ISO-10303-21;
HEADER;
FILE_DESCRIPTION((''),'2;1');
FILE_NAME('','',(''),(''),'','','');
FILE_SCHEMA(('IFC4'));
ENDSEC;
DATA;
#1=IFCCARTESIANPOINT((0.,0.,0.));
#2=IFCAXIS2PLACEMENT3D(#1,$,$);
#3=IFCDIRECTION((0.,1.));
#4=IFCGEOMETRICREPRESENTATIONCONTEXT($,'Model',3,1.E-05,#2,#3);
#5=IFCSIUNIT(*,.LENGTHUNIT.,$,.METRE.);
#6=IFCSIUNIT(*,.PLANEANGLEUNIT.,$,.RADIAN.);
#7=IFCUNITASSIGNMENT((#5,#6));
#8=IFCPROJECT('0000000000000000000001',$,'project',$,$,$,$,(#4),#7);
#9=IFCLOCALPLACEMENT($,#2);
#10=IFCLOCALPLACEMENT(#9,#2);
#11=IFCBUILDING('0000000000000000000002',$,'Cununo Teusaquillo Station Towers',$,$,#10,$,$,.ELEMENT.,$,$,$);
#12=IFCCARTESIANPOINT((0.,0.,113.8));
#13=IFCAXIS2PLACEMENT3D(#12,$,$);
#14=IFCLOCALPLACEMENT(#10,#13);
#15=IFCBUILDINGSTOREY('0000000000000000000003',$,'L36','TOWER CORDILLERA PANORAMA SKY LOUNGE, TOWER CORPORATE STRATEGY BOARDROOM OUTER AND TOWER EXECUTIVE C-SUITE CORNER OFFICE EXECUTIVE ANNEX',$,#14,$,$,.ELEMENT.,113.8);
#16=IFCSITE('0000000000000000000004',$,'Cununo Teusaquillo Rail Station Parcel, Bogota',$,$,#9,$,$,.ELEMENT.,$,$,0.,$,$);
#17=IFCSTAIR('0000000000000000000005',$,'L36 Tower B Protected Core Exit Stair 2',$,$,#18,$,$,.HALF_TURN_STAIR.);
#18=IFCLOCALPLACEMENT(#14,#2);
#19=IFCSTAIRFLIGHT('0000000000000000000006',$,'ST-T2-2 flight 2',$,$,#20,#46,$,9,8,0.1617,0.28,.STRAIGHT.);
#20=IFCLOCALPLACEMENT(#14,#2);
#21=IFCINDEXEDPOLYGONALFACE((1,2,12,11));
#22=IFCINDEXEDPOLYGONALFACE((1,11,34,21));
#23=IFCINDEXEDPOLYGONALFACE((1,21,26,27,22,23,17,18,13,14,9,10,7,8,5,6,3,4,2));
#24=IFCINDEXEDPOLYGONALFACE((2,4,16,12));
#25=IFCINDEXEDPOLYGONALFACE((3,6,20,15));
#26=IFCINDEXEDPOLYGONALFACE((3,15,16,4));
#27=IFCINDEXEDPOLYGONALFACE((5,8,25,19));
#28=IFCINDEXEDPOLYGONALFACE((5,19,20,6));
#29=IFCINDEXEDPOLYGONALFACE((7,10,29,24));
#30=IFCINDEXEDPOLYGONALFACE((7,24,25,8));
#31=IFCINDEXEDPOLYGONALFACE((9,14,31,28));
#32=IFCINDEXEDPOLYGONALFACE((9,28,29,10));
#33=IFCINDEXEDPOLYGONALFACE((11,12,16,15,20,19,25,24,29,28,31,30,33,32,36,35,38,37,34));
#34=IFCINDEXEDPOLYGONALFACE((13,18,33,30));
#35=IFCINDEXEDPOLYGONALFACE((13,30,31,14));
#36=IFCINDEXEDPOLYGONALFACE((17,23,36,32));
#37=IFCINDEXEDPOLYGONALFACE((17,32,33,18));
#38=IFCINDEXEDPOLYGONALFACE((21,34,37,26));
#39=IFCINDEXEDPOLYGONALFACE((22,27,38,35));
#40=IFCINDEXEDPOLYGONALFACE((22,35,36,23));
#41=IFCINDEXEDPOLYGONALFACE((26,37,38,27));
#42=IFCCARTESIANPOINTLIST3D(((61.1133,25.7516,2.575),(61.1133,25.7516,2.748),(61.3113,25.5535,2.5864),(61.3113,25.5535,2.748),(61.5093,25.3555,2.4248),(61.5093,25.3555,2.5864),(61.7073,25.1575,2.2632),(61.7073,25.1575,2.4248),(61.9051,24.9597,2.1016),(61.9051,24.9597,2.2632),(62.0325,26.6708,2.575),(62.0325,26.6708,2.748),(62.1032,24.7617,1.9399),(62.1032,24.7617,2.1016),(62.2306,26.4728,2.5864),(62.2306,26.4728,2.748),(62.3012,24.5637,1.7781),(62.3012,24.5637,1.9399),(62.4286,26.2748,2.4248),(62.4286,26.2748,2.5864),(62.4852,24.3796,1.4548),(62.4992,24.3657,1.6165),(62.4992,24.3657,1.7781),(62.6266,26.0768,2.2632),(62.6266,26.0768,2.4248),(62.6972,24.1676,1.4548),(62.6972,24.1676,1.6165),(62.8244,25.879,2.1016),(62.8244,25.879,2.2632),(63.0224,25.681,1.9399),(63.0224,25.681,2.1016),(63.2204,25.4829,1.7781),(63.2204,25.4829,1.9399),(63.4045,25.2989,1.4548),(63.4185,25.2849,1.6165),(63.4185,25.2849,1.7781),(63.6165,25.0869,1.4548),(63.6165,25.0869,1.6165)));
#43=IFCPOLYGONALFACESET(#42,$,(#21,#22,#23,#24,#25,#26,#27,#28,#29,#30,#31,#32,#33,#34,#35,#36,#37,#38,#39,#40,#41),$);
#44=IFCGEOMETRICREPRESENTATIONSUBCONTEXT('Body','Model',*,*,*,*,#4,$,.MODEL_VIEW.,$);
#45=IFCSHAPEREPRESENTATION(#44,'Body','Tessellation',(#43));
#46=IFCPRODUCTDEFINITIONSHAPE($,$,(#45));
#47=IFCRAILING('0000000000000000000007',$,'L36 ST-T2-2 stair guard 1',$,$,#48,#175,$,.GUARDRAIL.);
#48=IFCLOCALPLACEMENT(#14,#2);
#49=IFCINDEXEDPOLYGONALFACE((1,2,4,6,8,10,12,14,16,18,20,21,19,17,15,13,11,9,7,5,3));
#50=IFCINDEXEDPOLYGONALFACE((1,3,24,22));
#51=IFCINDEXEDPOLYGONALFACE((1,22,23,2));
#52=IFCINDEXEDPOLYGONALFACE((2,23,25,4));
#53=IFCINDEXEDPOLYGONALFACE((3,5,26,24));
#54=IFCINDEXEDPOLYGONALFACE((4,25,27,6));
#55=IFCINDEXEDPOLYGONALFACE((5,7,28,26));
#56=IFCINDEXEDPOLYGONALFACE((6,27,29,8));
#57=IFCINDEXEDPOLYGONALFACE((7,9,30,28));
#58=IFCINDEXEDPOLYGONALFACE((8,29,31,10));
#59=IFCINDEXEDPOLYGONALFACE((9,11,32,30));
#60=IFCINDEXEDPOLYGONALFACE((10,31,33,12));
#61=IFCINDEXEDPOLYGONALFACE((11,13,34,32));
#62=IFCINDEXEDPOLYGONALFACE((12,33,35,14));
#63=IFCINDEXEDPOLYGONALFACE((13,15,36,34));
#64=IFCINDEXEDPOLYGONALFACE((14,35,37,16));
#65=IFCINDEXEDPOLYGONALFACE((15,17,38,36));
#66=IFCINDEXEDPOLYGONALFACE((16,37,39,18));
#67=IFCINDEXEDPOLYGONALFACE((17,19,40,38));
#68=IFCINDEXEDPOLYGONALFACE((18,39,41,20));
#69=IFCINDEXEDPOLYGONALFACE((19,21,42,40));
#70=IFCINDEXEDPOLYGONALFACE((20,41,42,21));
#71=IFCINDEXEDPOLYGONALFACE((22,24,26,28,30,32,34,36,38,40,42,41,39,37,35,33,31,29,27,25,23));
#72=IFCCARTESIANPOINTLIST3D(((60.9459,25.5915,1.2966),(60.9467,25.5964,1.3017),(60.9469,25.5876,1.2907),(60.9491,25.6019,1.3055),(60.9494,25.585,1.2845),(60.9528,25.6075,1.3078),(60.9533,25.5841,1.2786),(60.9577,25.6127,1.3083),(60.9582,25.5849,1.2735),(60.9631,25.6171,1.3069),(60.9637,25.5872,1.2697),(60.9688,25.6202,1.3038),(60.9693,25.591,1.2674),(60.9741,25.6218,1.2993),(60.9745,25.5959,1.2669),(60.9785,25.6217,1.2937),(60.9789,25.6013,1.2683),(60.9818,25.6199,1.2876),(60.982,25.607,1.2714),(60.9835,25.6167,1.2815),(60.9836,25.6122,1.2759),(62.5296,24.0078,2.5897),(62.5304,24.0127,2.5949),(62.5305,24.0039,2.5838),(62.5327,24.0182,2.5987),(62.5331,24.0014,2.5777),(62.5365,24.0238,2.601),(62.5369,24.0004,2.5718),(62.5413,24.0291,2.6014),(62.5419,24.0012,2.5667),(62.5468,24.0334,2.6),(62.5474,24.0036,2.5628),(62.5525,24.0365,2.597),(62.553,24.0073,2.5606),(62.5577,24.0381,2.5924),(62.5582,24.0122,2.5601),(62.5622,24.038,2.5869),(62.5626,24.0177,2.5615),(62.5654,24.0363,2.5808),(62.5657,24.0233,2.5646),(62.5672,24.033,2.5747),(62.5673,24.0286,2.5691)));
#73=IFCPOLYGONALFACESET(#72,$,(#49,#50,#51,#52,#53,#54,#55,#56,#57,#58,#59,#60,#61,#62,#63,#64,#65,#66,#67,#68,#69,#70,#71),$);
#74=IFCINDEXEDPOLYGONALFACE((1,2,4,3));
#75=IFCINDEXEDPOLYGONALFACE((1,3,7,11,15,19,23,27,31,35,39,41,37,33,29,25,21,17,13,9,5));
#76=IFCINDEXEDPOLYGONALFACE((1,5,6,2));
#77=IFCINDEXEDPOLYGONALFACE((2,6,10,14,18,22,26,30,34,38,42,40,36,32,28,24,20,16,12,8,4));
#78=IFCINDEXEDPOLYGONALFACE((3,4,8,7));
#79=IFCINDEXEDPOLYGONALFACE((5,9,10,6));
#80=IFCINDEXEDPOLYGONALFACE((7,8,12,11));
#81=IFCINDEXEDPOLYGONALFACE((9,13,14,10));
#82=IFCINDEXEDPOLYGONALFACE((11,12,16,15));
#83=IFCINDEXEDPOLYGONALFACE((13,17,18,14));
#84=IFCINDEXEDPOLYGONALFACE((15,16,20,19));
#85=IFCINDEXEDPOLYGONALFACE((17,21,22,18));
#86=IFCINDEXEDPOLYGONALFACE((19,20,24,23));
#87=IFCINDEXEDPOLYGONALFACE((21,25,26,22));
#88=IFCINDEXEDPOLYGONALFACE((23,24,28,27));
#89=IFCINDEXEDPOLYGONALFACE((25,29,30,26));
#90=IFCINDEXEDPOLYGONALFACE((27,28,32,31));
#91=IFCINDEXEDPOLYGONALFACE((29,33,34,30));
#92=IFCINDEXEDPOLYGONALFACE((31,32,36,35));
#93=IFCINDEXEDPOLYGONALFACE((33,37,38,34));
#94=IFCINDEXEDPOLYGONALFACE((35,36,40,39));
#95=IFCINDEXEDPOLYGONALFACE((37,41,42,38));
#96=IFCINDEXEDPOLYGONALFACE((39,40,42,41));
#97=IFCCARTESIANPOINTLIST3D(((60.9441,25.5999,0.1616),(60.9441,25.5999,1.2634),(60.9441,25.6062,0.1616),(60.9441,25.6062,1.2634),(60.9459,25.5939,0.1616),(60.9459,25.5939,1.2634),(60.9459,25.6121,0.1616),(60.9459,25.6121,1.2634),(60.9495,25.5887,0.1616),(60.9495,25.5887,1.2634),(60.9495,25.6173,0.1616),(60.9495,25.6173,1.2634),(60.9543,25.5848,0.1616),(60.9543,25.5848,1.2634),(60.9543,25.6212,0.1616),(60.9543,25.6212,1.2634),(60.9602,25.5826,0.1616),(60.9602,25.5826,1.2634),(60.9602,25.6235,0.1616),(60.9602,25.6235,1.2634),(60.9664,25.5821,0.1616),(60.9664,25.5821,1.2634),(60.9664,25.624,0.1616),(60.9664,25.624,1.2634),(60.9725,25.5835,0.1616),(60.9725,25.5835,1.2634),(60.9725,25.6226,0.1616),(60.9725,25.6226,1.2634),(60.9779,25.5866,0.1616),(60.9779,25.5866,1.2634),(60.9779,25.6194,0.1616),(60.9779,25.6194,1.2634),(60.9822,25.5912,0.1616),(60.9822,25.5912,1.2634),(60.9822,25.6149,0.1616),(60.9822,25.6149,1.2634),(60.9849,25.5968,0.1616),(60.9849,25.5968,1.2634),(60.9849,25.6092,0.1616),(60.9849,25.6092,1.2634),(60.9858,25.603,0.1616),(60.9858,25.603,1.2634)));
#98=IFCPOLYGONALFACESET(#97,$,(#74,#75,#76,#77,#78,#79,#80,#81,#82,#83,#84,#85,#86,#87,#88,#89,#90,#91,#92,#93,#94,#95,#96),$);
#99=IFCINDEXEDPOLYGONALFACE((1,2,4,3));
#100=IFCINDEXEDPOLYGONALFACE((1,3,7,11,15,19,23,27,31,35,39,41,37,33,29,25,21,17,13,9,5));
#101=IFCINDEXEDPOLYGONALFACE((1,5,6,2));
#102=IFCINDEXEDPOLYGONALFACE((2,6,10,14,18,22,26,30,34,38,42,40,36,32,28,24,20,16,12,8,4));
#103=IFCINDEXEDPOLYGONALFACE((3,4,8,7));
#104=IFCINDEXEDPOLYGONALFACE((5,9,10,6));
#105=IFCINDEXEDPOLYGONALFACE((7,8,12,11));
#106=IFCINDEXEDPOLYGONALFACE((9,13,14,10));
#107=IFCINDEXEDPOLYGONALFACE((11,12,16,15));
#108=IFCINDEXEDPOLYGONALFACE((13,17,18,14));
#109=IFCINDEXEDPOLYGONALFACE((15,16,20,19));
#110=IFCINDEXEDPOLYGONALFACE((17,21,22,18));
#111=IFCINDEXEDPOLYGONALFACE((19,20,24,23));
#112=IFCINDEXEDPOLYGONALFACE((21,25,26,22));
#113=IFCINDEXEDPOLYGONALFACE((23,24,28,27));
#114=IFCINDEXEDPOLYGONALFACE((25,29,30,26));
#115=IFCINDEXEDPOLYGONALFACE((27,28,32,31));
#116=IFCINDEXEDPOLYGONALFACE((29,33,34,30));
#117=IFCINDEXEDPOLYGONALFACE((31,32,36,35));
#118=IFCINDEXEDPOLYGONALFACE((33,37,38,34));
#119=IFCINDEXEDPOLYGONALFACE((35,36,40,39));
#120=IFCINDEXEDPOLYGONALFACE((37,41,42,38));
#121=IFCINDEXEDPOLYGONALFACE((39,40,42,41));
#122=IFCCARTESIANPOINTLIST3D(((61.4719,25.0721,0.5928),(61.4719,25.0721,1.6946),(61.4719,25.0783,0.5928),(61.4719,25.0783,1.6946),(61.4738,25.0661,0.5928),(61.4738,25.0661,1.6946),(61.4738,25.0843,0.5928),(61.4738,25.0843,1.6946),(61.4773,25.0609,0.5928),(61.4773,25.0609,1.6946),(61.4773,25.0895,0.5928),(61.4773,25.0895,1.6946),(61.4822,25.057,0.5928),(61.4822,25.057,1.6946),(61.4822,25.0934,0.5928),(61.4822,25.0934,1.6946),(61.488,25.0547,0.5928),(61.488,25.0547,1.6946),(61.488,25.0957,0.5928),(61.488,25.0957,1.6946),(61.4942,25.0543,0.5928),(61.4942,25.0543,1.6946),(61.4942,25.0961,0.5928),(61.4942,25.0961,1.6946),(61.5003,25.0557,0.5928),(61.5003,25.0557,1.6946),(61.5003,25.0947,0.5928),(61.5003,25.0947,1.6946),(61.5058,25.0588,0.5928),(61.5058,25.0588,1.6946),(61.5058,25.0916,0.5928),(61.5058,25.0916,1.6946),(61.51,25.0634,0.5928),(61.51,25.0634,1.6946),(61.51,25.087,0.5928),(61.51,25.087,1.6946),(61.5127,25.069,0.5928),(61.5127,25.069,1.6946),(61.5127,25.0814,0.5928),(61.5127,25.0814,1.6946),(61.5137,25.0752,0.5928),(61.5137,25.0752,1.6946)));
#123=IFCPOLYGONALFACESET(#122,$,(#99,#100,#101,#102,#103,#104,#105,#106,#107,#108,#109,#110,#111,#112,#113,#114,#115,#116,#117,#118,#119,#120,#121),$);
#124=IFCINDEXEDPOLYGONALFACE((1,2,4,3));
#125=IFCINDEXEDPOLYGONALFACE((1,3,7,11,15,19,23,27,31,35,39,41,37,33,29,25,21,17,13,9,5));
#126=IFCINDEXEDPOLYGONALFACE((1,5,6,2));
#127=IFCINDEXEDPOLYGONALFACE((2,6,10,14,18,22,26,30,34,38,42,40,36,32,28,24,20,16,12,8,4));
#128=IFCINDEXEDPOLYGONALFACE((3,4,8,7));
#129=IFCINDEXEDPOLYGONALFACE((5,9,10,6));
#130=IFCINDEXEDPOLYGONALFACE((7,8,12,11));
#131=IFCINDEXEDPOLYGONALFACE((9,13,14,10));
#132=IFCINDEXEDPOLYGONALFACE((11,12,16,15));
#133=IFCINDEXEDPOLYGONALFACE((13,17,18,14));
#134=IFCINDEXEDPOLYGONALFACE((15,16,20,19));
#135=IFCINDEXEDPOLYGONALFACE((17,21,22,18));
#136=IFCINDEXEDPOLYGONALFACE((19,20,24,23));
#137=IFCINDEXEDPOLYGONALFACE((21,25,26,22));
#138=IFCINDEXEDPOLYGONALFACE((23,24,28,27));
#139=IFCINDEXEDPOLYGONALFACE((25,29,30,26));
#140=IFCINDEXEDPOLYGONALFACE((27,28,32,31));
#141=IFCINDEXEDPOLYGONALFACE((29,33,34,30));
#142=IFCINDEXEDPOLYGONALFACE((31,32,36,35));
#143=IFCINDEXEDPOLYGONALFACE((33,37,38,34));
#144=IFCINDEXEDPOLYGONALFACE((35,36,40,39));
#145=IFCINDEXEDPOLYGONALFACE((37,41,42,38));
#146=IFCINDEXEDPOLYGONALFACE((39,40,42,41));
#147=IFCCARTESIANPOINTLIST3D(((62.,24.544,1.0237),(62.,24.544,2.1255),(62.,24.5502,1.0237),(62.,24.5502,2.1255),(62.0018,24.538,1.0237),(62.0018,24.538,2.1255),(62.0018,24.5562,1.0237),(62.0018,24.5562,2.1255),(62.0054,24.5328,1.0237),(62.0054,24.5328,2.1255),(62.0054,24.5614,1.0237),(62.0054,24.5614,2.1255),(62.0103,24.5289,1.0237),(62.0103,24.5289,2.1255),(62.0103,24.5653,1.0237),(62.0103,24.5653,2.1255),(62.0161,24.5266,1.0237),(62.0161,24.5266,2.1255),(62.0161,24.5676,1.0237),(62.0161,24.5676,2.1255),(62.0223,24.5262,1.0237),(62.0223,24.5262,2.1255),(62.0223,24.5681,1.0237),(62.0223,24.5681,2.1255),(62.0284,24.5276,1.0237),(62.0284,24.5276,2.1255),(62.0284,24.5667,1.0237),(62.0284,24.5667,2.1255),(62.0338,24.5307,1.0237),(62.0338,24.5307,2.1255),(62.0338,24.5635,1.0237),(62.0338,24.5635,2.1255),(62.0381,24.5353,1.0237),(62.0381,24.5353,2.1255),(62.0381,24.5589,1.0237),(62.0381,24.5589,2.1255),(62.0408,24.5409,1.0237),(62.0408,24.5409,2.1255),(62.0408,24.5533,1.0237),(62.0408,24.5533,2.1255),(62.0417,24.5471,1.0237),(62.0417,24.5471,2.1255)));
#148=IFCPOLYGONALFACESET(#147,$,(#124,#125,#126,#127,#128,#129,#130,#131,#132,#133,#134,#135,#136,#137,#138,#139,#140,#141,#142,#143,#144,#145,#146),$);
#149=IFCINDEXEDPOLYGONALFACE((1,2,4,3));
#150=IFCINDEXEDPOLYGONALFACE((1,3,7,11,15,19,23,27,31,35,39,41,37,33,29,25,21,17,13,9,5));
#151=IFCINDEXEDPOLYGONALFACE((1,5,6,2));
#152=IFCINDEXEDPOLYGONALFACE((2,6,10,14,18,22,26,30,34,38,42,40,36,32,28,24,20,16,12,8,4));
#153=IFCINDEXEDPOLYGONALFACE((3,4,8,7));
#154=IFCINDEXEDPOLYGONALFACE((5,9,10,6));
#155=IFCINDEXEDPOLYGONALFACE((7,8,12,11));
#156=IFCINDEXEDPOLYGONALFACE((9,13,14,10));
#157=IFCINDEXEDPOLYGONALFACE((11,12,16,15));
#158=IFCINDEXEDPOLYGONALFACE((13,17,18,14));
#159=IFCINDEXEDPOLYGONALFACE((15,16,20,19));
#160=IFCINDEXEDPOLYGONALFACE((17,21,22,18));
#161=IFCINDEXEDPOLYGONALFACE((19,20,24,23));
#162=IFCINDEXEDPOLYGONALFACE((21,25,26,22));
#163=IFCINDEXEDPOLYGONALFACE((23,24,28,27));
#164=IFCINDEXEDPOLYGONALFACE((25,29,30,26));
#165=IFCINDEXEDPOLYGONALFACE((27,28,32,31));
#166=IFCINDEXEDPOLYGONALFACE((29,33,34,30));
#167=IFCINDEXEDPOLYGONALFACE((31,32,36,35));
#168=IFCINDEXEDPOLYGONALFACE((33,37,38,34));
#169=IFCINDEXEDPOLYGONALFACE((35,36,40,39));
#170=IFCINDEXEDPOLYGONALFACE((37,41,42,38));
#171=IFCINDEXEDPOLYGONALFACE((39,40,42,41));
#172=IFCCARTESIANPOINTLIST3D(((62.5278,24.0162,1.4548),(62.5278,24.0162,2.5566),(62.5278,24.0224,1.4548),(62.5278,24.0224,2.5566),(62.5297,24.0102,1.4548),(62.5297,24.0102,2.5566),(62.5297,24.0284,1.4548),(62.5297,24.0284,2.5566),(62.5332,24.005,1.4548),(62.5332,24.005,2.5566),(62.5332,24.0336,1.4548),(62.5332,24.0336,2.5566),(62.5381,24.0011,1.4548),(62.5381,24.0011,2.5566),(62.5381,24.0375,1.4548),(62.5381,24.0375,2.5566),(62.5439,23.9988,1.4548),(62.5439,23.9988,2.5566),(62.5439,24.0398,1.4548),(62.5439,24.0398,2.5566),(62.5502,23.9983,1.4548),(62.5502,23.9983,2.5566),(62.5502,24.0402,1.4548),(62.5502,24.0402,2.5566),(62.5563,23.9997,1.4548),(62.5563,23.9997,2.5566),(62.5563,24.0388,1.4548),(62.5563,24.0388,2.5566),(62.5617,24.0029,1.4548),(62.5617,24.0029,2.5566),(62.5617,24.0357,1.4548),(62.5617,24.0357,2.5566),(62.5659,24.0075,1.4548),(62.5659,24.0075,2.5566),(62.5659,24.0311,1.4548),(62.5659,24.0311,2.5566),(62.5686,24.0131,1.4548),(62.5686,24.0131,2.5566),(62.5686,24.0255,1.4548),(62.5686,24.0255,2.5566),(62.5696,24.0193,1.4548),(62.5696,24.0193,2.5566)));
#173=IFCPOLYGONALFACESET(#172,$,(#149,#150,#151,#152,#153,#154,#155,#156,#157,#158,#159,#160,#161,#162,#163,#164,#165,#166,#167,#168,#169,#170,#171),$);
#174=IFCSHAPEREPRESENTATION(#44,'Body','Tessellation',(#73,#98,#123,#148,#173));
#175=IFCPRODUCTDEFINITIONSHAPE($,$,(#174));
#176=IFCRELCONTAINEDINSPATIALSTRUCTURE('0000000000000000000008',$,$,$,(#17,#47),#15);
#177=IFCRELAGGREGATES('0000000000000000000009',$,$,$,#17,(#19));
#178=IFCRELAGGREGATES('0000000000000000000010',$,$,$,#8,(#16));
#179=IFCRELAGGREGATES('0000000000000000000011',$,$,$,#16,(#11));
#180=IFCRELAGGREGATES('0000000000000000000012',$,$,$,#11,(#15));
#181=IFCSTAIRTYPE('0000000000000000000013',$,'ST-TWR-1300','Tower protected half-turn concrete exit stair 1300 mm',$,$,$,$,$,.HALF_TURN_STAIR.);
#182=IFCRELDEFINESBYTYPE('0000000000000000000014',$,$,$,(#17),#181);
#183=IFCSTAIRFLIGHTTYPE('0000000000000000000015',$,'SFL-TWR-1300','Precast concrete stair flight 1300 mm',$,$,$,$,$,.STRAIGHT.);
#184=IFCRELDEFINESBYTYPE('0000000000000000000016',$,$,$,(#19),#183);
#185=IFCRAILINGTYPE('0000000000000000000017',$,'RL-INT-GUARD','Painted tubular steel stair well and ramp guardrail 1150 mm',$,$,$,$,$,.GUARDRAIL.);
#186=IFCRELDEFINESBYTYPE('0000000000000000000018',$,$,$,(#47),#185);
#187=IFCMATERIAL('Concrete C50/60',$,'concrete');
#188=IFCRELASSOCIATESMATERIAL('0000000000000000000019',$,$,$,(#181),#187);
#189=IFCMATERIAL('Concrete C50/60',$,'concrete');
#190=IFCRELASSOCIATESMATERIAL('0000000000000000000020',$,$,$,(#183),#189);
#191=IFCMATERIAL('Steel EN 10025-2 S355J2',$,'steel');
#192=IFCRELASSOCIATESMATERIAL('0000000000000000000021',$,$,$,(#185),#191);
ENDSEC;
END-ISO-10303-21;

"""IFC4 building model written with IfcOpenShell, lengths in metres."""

from ifc_helpers import new_model, si_unit, direction, frame, origin, origin_2d, place, context, subcontext, project, spatial, polyline, circle, outline, extrude, material, type_object, element, aggregate, save


model = new_model("IFC4")

# Units and contexts
model_context = context("Model", 3, precision=1e-05, world=origin(), true_north=direction((0.0, 1.0)))
body_context = subcontext(model_context, "Body", "Model", "MODEL_VIEW")
ifc_project = project(units=[si_unit("LENGTHUNIT", "METRE"), si_unit("PLANEANGLEUNIT", "RADIAN")], contexts=[model_context])

# Site, building, storey
site_placement = place(None, origin())
site = spatial("IfcSite", under=ifc_project, at=site_placement, Name="Cununo Teusaquillo Rail Station Parcel, Bogota", CompositionType="ELEMENT", RefElevation=0.0)
building_placement = place(site_placement, origin())
building = spatial("IfcBuilding", under=site, at=building_placement, Name="Cununo Teusaquillo Station Towers", CompositionType="ELEMENT")
storey_placement = place(building_placement, frame((0.0, 0.0, 113.8)))
storey = spatial("IfcBuildingStorey", under=building, at=storey_placement, Name="L36", Description="TOWER CORDILLERA PANORAMA SKY LOUNGE, TOWER CORPORATE STRATEGY BOARDROOM OUTER AND TOWER EXECUTIVE C-SUITE CORNER OFFICE EXECUTIVE ANNEX", CompositionType="ELEMENT", Elevation=113.8)

# Stair, stair flight
ifc_material_1 = material(Name="Concrete C50/60", Category="concrete")
stair_type = type_object("IfcStairType", Name="ST-TWR-1300", Description="Tower protected half-turn concrete exit stair 1300 mm", PredefinedType="HALF_TURN_STAIR", material=ifc_material_1)
stair_placement = place(storey_placement, origin())
stair = element("IfcStair", 1, at=stair_placement, inside=storey, type_object=stair_type, Name="L36 Tower B Protected Core Exit Stair 2", PredefinedType="HALF_TURN_STAIR")
ifc_material_2 = material(Name="Concrete C50/60", Category="concrete")
stair_flight_type = type_object("IfcStairFlightType", Name="SFL-TWR-1300", Description="Precast concrete stair flight 1300 mm", PredefinedType="STRAIGHT", material=ifc_material_2)
stair_flight_1_placement = place(storey_placement, frame((63.1567, 24.6272, 1.4548), z_axis=(0.0, 0.0, 1.0), x_axis=(-0.707107, 0.707107, 0.0)))
stair_flight_1 = element("IfcStairFlight", 2, at=stair_flight_1_placement, type_object=stair_flight_type, Name="ST-T2-2 flight 2", NumberOfRisers=9, NumberOfTreads=8, PredefinedType="STRAIGHT", RiserHeight=0.1617, TreadLength=0.28, context=body_context, shape_type="SweptSolid", body=[
    extrude(outline(polyline([(0.0, 0.0), (0.0, 0.1616), (0.28, 0.1616), (0.28, 0.3232), (0.5601, 0.3232), (0.5601, 0.4851), (0.8401, 0.4851), (0.8401, 0.6467), (1.1201, 0.6467), (1.1201, 0.8083), (1.3999, 0.8083), (1.3999, 0.97), (1.6799, 0.97), (1.6799, 1.1316), (1.96, 1.1316), (1.96, 1.2932), (2.24, 1.2932), (2.24, 1.4551), (2.24, 1.1201), (0.2998, 0.0), (0.0, 0.0)])), frame((0.0, 0.6499, 0.0), z_axis=(0.0, -1.0, 0.0), x_axis=(1.0, 0.0, 0.0)), (0.0, 0.0, 1.0), 1.3),
])
aggregate(stair, [stair_flight_1])

# Railing
ifc_material_3 = material(Name="Steel EN 10025-2 S355J2", Category="steel")
railing_type_1 = type_object("IfcRailingType", Name="RL-INT-GUARD", Description="Painted tubular steel stair well and ramp guardrail 1150 mm", PredefinedType="GUARDRAIL", material=ifc_material_3)
railing_1_placement = place(storey_placement, frame((60.9648, 25.603, 0.1616)))
element("IfcRailing", 3, at=railing_1_placement, inside=storey, type_object=railing_type_1, Name="L36 ST-T2-2 stair guard 1", PredefinedType="GUARDRAIL", context=body_context, shape_type="SweptSolid", body=[
    extrude(circle(Radius=0.0239, at=origin_2d()), frame((0.0, 0.0, 1.126), z_axis=(0.612361, -0.612361, 0.500027), x_axis=(0.707107, 0.707107, 0.0)), (0.0, 0.0, 1.0), 2.5862),
    extrude(circle(Radius=0.021, at=origin_2d()), origin(), (0.0, 0.0, 1.0), 1.1018),
    extrude(circle(Radius=0.021, at=origin_2d()), frame((0.5278, -0.5278, 0.4312)), (0.0, 0.0, 1.0), 1.1018),
    extrude(circle(Radius=0.021, at=origin_2d()), frame((1.0559, -1.0559, 0.8621)), (0.0, 0.0, 1.0), 1.1018),
    extrude(circle(Radius=0.021, at=origin_2d()), frame((1.5837, -1.5837, 1.2932)), (0.0, 0.0, 1.0), 1.1018),
])

save(model, "model.ifc")
